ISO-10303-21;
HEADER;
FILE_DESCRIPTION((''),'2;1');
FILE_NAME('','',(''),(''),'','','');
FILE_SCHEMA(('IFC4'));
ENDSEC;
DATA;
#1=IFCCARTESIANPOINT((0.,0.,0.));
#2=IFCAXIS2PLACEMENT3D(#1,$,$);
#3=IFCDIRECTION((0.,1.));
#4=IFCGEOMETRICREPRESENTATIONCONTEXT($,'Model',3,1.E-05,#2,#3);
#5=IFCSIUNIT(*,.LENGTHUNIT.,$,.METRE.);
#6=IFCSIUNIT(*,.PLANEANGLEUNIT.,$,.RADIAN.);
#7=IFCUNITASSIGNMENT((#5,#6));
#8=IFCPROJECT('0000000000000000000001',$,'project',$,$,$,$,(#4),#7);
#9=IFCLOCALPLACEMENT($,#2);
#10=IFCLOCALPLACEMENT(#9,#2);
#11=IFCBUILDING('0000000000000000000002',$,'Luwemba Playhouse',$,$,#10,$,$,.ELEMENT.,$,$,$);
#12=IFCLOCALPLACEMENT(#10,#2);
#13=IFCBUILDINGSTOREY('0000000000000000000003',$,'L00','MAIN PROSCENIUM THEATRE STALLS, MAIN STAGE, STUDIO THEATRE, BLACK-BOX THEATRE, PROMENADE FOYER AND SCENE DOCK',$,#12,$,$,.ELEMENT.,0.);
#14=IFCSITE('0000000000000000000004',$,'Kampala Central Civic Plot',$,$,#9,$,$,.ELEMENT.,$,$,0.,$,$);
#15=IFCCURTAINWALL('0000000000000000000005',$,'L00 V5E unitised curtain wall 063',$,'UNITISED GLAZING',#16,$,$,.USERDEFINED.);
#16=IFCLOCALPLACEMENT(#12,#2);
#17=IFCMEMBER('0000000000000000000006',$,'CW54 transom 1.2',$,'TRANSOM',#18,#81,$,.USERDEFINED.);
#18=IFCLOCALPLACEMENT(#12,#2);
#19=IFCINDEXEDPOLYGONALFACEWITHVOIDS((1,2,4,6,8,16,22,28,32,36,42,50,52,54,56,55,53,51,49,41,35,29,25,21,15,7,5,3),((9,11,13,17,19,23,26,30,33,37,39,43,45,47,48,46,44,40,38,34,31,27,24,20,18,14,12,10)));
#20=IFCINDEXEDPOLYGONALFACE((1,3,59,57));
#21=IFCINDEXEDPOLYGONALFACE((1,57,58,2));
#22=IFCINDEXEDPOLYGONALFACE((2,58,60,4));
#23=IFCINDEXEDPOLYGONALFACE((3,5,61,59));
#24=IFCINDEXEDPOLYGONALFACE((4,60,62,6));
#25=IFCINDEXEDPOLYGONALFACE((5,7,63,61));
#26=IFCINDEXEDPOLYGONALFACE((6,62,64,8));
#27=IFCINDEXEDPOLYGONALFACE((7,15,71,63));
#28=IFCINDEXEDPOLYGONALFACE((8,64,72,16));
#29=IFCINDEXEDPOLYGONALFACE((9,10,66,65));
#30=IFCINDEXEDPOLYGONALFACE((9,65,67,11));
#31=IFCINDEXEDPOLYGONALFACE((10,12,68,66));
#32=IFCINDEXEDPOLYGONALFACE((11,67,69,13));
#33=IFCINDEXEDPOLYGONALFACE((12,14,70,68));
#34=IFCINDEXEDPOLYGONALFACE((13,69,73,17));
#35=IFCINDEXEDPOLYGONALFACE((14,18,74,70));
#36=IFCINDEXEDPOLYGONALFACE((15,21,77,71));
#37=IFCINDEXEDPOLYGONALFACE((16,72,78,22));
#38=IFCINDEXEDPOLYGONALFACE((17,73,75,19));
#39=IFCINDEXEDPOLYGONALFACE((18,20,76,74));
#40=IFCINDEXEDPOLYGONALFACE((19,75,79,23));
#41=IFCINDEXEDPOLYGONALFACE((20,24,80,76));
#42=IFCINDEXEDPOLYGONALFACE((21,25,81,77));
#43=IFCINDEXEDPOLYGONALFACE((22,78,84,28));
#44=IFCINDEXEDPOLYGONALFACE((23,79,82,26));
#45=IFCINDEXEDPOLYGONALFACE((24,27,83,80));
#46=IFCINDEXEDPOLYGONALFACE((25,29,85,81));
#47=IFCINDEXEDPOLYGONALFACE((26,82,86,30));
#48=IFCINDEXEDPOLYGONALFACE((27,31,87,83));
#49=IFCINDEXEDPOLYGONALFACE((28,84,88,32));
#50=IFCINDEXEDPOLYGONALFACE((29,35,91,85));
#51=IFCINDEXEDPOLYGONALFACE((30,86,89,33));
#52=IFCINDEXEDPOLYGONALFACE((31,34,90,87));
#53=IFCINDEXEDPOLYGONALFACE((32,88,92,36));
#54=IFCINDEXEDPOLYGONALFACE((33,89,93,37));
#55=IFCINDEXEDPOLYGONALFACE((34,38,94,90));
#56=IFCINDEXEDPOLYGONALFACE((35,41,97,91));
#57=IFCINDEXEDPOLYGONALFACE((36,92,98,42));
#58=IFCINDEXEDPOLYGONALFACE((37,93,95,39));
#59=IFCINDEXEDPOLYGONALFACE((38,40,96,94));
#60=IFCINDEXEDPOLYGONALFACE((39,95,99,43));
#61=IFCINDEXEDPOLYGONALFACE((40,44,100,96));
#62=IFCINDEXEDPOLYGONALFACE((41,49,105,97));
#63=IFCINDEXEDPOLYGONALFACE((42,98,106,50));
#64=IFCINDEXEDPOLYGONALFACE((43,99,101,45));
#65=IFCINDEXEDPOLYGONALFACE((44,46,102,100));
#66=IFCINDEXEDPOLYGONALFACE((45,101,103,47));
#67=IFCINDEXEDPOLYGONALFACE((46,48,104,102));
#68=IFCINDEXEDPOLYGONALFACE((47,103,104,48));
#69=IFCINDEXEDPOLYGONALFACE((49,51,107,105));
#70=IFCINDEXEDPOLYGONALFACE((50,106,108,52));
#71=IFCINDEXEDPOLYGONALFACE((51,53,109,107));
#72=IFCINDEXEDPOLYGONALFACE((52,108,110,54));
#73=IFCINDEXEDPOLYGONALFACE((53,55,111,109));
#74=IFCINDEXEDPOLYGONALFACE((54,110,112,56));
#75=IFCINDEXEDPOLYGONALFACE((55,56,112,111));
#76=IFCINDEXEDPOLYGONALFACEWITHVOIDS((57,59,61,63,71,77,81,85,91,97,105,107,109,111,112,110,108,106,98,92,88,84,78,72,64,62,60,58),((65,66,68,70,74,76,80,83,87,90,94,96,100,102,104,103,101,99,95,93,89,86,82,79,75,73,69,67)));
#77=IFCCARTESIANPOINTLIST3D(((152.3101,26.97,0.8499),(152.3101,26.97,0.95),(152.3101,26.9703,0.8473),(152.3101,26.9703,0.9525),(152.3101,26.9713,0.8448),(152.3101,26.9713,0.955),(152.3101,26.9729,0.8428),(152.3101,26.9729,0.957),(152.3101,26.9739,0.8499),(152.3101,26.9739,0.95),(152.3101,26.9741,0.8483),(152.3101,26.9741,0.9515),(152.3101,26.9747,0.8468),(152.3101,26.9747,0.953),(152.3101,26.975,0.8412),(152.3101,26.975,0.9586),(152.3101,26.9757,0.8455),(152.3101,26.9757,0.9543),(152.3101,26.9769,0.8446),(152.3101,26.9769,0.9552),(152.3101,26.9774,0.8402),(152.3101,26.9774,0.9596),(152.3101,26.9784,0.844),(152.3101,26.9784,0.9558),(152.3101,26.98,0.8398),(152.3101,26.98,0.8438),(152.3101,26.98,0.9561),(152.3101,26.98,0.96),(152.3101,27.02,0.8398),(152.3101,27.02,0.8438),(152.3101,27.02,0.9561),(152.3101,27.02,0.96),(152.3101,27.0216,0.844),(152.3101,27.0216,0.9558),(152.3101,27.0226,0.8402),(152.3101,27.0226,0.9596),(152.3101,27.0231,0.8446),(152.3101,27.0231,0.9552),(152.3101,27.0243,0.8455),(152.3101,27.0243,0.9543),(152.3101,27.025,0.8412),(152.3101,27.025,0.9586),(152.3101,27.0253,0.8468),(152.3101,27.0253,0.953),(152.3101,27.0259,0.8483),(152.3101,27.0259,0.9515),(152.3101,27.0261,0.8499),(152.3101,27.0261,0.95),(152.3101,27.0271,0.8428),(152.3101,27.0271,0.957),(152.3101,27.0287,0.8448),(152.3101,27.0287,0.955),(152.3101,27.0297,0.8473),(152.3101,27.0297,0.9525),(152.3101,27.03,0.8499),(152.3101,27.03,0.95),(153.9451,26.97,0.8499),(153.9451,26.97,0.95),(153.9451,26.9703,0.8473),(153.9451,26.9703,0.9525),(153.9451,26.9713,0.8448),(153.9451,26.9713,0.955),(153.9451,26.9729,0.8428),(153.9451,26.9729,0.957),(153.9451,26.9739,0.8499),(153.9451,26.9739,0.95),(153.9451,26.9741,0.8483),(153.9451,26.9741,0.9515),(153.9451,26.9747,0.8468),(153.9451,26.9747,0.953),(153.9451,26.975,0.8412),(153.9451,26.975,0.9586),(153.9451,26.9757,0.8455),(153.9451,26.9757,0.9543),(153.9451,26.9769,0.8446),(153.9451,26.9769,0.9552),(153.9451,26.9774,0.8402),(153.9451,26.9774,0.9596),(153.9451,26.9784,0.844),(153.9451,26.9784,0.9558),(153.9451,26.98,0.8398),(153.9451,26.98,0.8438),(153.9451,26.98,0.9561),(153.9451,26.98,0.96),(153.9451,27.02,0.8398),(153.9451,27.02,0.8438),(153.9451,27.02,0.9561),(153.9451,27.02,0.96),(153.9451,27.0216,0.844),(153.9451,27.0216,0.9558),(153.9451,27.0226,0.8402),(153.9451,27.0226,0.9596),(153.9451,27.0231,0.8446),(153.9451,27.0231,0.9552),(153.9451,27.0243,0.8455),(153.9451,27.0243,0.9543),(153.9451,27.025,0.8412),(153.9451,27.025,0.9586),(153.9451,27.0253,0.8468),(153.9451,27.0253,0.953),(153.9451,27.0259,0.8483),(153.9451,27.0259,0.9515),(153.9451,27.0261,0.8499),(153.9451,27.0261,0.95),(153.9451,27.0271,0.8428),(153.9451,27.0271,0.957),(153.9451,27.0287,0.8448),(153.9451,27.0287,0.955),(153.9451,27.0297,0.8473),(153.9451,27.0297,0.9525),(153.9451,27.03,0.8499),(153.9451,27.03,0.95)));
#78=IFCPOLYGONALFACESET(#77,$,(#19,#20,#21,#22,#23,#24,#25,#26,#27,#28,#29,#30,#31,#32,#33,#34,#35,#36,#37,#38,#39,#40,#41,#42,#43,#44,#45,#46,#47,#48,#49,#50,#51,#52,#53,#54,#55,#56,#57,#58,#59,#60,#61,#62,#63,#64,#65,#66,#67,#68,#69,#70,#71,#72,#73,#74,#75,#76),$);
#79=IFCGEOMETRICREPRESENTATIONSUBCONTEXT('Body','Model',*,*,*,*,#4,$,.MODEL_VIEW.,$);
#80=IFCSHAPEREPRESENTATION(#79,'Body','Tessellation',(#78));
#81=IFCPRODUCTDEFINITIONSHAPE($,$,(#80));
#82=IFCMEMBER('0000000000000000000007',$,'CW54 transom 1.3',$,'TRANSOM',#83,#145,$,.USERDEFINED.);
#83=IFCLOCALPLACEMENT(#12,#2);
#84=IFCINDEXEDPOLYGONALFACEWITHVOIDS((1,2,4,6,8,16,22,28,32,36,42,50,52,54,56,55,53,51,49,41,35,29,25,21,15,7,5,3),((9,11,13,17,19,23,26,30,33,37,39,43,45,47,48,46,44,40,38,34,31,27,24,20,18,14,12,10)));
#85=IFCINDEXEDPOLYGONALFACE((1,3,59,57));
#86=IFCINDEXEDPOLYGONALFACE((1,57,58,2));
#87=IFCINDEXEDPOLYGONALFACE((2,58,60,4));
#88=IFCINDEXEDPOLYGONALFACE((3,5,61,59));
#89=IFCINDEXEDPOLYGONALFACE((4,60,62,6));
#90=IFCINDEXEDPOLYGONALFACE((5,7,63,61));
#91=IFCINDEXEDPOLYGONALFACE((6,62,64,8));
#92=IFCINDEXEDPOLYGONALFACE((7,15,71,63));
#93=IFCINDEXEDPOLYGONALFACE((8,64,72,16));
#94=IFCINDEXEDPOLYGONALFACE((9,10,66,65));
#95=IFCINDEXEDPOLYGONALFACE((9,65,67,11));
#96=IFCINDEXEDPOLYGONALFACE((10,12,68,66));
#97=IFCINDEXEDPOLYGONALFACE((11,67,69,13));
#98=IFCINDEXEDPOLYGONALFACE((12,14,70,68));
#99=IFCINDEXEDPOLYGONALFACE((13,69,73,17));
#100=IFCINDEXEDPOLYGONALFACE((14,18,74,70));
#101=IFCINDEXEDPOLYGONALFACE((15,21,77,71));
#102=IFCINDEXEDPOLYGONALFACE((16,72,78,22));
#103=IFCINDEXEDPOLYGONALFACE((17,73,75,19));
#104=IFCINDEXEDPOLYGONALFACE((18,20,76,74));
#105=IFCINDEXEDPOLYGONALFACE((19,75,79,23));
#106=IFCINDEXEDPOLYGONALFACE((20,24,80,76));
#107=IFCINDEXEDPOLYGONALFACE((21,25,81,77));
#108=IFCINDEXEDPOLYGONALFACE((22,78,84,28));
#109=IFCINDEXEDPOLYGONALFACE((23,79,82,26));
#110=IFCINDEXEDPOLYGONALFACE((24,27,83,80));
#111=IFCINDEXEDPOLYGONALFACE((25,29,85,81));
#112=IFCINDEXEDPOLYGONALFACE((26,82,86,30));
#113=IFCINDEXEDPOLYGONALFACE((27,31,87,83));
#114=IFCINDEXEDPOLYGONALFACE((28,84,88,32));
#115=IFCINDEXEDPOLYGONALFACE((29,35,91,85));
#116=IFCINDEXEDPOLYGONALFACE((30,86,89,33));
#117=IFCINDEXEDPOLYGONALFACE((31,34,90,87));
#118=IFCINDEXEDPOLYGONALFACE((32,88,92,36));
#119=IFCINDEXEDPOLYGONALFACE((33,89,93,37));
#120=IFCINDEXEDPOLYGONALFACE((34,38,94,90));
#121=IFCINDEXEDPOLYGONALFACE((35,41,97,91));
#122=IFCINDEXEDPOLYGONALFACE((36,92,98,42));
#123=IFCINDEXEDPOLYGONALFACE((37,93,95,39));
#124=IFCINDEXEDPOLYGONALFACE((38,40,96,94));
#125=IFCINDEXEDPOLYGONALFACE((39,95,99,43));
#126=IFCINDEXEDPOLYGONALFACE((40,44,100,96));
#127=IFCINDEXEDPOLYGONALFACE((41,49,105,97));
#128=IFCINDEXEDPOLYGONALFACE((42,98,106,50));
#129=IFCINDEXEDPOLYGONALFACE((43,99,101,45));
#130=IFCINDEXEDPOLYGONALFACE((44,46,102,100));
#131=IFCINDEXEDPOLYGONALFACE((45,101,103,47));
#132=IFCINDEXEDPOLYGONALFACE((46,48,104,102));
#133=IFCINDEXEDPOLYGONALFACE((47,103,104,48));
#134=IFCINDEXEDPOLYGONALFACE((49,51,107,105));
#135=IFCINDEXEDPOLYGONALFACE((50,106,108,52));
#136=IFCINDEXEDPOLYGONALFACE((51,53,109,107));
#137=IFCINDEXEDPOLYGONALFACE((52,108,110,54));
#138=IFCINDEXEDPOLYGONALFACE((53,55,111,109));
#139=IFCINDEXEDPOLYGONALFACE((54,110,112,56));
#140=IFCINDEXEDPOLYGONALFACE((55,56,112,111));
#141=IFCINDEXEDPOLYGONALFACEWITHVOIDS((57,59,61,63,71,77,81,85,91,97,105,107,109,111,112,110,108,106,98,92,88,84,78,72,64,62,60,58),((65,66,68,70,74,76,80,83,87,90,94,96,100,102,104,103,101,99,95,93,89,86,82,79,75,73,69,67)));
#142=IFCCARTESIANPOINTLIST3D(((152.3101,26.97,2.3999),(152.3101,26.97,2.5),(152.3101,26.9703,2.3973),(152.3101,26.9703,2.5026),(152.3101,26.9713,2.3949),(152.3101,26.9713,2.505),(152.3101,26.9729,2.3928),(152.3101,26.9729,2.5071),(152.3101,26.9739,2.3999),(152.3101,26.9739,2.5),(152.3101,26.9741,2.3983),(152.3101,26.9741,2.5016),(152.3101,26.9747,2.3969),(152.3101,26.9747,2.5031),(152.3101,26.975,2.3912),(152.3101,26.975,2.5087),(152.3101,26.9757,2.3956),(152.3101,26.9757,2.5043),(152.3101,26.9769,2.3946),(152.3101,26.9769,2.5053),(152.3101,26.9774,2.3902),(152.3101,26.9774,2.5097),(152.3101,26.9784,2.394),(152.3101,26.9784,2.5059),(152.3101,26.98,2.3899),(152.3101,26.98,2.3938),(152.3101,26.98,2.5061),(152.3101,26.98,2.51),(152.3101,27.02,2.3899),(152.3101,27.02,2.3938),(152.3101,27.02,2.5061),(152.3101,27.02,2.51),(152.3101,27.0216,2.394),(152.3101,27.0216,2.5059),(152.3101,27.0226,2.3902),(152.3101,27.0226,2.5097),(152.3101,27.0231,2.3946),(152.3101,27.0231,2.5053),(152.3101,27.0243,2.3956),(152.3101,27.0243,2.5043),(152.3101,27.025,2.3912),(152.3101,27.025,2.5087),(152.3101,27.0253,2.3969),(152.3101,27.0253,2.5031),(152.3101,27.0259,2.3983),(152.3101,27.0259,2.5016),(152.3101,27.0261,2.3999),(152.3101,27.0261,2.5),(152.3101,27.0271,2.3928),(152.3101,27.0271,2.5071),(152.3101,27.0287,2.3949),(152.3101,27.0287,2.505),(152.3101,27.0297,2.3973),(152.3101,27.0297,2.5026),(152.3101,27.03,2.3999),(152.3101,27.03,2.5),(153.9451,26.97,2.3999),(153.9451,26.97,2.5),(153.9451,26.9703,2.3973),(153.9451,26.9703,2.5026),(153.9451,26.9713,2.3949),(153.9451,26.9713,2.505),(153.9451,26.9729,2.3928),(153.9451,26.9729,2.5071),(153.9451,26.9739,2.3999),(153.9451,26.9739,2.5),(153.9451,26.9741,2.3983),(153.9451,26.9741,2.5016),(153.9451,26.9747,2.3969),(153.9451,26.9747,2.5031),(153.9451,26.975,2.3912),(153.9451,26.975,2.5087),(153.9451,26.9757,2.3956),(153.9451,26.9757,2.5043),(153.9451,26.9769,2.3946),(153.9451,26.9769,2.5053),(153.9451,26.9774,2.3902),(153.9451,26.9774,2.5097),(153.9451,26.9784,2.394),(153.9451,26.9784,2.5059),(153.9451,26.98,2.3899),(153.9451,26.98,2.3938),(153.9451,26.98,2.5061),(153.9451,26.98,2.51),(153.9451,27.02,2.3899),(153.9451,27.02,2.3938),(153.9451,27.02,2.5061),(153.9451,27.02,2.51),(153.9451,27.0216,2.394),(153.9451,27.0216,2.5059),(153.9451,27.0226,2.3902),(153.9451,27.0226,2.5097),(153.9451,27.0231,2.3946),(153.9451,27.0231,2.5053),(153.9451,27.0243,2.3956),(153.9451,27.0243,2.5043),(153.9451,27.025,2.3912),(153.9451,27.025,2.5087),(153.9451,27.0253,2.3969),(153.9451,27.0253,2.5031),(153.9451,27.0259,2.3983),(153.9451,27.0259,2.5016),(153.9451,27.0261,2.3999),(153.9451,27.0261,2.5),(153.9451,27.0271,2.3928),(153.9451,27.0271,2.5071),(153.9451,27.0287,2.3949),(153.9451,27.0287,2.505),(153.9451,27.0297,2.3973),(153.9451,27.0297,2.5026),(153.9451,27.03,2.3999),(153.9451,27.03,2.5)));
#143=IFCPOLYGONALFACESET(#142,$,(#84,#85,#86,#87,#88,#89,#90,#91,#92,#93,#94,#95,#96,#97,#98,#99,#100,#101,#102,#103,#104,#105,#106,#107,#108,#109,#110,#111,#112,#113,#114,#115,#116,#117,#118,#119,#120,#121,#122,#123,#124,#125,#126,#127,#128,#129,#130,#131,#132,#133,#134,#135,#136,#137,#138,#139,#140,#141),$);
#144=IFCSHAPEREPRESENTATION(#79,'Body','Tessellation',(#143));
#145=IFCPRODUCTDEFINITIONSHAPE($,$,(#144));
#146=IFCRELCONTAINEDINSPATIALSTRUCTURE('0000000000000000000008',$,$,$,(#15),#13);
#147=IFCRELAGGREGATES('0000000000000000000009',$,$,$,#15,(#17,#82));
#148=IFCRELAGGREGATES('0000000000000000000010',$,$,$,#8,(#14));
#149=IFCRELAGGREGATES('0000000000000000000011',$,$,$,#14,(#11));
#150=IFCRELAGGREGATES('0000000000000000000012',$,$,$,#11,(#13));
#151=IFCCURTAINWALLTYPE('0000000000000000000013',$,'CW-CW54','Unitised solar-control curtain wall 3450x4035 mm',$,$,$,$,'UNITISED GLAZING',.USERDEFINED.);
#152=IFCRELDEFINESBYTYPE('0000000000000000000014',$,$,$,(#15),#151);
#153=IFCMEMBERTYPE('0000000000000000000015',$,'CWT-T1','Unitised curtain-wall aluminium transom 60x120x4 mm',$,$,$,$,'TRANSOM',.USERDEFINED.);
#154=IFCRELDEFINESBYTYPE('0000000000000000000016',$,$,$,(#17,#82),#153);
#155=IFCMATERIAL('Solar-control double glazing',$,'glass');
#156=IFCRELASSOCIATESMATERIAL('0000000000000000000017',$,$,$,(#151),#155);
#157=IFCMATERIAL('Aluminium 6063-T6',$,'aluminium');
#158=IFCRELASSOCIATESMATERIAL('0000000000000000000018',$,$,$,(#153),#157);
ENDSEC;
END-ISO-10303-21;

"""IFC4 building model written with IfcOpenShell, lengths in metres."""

from ifc_helpers import new_model, si_unit, direction, frame, origin, origin_2d, place, context, subcontext, project, spatial, hollow_rectangle, extrude, material, material_profile, profile_set, type_object, element, aggregate, save


model = new_model("IFC4")

# Units and contexts
model_context = context("Model", 3, precision=1e-05, world=origin(), true_north=direction((0.0, 1.0)))
body_context = subcontext(model_context, "Body", "Model", "MODEL_VIEW")
ifc_project = project(units=[si_unit("LENGTHUNIT", "METRE"), si_unit("PLANEANGLEUNIT", "RADIAN")], contexts=[model_context])

# Site, building, storey
site_placement = place(None, origin())
site = spatial("IfcSite", under=ifc_project, at=site_placement, Name="Kampala Central Civic Plot", CompositionType="ELEMENT", RefElevation=0.0)
building_placement = place(site_placement, origin())
building = spatial("IfcBuilding", under=site, at=building_placement, Name="Luwemba Playhouse", CompositionType="ELEMENT")
storey_placement = place(building_placement, origin())
storey = spatial("IfcBuildingStorey", under=building, at=storey_placement, Name="L00", Description="MAIN PROSCENIUM THEATRE STALLS, MAIN STAGE, STUDIO THEATRE, BLACK-BOX THEATRE, PROMENADE FOYER AND SCENE DOCK", CompositionType="ELEMENT", Elevation=0.0)

# Curtain wall, members
ifc_material_1 = material(Name="Solar-control double glazing", Category="glass")
curtain_wall_type = type_object("IfcCurtainWallType", Name="CW-CW54", Description="Unitised solar-control curtain wall 3450x4035 mm", ElementType="UNITISED GLAZING", PredefinedType="USERDEFINED", material=ifc_material_1)
curtain_wall_placement = place(storey_placement, origin())
curtain_wall = element("IfcCurtainWall", 1, at=curtain_wall_placement, inside=storey, type_object=curtain_wall_type, Name="L00 V5E unitised curtain wall 063", ObjectType="UNITISED GLAZING", PredefinedType="USERDEFINED")
ifc_material_2 = material(Name="Aluminium 6063-T6", Category="aluminium")
ifc_material_profile_1 = material_profile(ifc_material_2, hollow_rectangle(XDim=0.0601, YDim=0.1201, WallThickness=0.0039, InnerFilletRadius=0.0061, OuterFilletRadius=0.01, at=origin_2d()))
ifc_profile_set_1 = profile_set([ifc_material_profile_1], Name="Aluminium 6063-T6")
member_type_1 = type_object("IfcMemberType", Name="CWT-T1", Description="Unitised curtain-wall aluminium transom 60x120x4 mm", ElementType="TRANSOM", PredefinedType="USERDEFINED", material=ifc_profile_set_1)
member_1_placement = place(storey_placement, frame((152.3101, 27.0, 0.8999), z_axis=(1.0, 0.0, 0.0), x_axis=(0.0, 1.0, 0.0)))
member_1 = element("IfcMember", 2, at=member_1_placement, type_object=member_type_1, Name="CW54 transom 1.2", ObjectType="TRANSOM", PredefinedType="USERDEFINED", context=body_context, shape_type="SweptSolid", body=[
    extrude(hollow_rectangle(XDim=0.0601, YDim=0.1201, WallThickness=0.0039, InnerFilletRadius=0.0061, OuterFilletRadius=0.01, at=origin_2d()), origin(), (0.0, 0.0, 1.0), 1.635),
])
member_2_placement = place(storey_placement, frame((152.3101, 27.0, 2.45), z_axis=(1.0, 0.0, 0.0), x_axis=(0.0, 1.0, 0.0)))
member_2 = element("IfcMember", 3, at=member_2_placement, type_object=member_type_1, Name="CW54 transom 1.3", ObjectType="TRANSOM", PredefinedType="USERDEFINED", context=body_context, shape_type="SweptSolid", body=[
    extrude(hollow_rectangle(XDim=0.0601, YDim=0.1201, WallThickness=0.0039, InnerFilletRadius=0.0061, OuterFilletRadius=0.01, at=origin_2d()), origin(), (0.0, 0.0, 1.0), 1.635),
])
aggregate(curtain_wall, [member_1, member_2])

save(model, "model.ifc")
